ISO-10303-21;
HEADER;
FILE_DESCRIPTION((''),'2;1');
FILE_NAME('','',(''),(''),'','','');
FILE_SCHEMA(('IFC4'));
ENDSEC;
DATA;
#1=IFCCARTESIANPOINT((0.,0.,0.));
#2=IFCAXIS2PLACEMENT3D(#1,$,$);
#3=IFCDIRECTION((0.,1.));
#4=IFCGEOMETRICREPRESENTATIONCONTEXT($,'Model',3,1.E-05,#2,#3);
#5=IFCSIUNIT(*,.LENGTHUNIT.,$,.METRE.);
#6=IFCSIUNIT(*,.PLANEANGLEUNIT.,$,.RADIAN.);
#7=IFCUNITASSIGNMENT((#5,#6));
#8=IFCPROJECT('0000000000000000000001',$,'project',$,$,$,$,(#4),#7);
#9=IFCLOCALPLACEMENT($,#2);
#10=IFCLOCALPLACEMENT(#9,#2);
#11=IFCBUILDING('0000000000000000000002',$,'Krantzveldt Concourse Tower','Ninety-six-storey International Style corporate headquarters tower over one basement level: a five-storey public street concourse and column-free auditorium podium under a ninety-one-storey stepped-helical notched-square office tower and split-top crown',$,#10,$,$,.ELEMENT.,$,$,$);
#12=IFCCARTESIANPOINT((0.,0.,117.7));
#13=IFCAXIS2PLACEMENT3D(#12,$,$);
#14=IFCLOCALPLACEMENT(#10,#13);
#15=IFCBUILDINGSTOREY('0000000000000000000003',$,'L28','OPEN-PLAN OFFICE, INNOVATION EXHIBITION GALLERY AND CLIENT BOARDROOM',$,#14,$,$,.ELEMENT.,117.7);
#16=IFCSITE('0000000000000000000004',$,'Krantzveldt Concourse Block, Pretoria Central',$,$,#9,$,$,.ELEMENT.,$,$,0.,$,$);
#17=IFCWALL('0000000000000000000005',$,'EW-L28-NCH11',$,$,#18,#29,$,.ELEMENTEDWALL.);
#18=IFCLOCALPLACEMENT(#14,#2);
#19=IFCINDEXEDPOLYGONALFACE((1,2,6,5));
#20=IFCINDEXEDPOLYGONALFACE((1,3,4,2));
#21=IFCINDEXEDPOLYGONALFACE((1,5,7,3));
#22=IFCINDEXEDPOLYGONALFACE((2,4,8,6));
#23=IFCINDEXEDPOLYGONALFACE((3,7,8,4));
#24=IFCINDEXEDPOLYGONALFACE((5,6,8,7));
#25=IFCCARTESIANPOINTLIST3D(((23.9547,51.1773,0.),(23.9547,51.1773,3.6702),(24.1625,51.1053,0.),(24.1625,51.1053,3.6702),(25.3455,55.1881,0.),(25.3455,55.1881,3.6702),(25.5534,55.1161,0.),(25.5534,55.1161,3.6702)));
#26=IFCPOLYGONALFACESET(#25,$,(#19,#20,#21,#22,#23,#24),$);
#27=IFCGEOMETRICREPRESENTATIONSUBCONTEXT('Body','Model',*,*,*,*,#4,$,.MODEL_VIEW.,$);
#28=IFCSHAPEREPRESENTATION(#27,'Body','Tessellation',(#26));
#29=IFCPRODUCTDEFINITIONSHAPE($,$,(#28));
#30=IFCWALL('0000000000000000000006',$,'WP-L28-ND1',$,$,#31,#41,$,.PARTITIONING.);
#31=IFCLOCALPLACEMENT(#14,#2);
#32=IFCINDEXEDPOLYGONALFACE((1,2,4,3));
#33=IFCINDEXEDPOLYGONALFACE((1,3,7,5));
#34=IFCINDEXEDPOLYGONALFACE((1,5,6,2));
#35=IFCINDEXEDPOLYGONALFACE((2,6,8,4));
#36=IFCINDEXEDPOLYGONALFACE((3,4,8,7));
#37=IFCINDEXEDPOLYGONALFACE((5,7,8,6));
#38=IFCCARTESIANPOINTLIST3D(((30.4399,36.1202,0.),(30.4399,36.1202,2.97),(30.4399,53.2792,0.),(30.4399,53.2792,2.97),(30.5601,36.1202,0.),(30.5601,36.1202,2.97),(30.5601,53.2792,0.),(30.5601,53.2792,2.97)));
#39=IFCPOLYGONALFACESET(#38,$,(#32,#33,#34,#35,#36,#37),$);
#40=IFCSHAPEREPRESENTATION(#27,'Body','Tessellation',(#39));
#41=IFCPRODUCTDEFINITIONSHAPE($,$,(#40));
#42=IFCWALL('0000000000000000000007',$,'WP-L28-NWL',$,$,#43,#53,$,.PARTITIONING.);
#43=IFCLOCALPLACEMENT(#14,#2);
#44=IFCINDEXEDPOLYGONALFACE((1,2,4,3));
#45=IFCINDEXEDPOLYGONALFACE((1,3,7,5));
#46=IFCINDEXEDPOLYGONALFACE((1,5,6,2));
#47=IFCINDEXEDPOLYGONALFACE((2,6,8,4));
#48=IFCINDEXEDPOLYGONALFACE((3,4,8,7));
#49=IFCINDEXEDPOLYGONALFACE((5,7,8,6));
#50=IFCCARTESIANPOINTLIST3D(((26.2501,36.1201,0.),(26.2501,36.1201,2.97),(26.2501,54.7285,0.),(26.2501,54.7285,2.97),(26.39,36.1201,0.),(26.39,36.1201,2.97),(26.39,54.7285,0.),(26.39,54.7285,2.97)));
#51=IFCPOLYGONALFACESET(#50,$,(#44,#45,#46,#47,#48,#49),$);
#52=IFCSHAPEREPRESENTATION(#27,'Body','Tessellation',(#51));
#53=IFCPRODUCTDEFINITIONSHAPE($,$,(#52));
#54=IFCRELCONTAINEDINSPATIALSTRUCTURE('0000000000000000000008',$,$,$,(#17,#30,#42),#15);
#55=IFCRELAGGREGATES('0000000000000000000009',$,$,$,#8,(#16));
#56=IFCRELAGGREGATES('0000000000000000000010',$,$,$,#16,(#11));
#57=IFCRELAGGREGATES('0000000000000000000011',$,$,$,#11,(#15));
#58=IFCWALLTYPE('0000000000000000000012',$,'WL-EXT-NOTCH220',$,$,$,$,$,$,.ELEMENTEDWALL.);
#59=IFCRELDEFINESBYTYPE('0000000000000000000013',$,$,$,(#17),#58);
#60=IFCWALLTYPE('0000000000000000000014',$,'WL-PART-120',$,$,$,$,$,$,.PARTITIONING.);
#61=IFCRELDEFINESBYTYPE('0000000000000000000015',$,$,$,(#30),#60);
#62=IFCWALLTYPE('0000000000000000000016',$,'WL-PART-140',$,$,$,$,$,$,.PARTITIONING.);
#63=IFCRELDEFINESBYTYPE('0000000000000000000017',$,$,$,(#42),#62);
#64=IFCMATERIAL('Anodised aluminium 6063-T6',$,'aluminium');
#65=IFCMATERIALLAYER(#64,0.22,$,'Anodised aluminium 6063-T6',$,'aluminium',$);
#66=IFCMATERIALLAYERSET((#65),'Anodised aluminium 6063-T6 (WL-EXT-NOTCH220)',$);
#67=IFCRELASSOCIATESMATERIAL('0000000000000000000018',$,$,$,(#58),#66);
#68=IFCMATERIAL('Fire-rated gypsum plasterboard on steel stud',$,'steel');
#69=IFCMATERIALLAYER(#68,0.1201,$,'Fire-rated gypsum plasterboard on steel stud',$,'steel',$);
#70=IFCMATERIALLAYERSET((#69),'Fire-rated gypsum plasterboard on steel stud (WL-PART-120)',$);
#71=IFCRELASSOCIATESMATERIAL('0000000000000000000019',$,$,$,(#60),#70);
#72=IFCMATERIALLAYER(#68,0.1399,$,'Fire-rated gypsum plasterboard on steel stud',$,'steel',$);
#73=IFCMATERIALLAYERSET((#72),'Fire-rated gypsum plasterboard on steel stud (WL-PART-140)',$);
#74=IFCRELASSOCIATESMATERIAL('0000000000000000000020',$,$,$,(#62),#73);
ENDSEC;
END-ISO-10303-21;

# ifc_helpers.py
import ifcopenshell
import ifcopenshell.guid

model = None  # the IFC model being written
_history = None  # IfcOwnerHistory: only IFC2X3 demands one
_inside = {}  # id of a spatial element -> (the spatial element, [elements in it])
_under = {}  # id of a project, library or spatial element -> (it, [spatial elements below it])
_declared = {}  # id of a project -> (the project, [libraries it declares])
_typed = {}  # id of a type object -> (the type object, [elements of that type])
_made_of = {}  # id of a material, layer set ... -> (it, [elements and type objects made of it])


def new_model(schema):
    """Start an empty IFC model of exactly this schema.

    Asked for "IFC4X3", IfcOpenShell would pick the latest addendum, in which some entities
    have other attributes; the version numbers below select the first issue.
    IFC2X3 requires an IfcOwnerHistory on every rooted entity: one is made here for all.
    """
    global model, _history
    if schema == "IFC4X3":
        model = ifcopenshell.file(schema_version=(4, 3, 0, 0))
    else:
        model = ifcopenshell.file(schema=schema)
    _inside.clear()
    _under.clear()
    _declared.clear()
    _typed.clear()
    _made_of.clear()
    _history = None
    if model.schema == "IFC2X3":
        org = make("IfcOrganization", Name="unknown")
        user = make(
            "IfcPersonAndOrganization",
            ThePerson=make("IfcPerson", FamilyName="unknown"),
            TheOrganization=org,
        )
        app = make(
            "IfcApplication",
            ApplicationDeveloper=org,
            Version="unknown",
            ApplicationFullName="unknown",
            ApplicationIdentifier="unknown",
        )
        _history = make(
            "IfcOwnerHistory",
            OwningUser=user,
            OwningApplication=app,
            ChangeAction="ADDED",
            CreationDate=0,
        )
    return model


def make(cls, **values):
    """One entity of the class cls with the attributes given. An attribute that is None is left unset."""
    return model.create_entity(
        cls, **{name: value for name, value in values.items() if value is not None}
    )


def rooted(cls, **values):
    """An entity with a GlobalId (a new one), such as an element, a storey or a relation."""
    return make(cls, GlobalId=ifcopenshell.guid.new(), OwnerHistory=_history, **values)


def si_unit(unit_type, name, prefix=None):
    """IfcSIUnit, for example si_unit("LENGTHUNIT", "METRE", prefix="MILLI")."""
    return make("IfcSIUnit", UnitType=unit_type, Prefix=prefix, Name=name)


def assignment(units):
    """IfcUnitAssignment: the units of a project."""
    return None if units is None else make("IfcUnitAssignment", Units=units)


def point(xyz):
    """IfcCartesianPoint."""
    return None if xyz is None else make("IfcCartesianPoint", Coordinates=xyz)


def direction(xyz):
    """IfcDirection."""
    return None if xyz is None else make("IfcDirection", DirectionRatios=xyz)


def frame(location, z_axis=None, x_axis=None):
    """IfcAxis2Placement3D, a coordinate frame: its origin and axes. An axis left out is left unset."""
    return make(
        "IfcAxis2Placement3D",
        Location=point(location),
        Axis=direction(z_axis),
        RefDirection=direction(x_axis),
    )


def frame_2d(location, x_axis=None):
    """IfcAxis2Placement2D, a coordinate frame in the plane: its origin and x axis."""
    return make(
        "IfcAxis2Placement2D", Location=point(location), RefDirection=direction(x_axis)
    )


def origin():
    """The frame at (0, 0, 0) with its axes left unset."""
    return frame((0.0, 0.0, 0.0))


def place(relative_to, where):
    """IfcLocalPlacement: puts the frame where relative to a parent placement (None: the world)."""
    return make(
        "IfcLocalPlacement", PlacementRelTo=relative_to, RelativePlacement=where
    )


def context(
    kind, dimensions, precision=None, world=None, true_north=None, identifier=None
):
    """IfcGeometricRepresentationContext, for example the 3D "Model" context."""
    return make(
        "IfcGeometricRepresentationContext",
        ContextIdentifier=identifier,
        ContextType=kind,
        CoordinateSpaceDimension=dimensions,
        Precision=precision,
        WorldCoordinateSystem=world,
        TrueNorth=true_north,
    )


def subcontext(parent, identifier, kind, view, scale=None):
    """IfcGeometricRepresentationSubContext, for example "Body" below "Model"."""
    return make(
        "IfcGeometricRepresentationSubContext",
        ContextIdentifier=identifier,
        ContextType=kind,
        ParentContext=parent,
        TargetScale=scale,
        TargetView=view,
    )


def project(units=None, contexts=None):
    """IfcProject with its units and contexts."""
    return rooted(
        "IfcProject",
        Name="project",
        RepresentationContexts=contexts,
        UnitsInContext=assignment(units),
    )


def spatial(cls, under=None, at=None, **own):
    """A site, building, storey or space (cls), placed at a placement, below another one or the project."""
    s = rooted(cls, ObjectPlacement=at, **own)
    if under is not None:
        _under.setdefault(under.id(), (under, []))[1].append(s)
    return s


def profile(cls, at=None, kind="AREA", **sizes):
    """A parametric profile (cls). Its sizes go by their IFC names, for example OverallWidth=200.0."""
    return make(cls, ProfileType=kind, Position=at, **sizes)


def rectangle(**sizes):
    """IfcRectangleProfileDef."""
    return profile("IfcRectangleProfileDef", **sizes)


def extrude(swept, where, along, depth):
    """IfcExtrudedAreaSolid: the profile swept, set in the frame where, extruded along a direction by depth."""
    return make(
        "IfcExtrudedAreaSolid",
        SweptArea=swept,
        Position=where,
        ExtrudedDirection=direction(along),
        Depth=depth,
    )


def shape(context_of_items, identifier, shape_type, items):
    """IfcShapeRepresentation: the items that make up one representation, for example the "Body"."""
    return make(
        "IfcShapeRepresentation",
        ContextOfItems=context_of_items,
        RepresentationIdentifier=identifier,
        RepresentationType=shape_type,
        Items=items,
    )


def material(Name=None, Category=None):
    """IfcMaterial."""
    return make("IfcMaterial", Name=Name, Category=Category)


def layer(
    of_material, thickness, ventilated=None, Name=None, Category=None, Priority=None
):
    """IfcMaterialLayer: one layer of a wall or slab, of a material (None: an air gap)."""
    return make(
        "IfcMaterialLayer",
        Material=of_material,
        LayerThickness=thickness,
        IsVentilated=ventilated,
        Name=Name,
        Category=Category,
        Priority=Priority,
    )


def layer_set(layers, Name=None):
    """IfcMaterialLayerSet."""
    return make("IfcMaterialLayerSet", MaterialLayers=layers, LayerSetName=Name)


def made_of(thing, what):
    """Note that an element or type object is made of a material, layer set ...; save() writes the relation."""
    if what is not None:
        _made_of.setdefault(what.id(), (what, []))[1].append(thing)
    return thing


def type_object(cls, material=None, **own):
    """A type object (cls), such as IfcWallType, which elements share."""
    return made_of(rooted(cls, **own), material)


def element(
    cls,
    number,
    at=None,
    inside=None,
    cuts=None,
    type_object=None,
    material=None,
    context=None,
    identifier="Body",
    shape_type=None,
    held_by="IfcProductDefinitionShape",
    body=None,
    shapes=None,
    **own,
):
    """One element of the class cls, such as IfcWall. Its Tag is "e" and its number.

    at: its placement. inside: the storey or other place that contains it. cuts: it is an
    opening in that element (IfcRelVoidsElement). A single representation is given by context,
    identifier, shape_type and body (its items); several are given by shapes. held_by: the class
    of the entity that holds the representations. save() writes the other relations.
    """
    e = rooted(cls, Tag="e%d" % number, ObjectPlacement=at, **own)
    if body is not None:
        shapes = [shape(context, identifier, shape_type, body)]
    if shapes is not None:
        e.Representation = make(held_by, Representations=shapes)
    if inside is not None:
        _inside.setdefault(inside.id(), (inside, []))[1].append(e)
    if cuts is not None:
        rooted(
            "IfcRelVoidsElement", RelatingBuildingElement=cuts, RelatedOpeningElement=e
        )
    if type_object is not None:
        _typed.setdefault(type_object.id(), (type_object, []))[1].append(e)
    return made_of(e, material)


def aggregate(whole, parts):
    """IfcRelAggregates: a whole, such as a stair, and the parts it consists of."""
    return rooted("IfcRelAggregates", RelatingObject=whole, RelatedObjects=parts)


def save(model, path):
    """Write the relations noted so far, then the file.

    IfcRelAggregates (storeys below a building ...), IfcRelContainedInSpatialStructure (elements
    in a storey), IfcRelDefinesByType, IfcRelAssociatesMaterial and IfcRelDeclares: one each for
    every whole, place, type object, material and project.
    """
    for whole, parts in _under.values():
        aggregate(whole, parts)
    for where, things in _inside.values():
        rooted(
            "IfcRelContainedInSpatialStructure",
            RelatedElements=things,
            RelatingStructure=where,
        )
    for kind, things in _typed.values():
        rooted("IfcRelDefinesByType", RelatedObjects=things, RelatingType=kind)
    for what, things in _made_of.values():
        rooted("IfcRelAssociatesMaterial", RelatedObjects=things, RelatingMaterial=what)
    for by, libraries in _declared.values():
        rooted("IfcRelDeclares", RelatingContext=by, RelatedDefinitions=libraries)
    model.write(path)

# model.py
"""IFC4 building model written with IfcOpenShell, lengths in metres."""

from ifc_helpers import new_model, si_unit, direction, frame, frame_2d, origin, place, context, subcontext, project, spatial, rectangle, extrude, material, layer, layer_set, type_object, element, save


model = new_model("IFC4")

# Units and contexts
model_context = context("Model", 3, precision=1e-05, world=origin(), true_north=direction((0.0, 1.0)))
body_context = subcontext(model_context, "Body", "Model", "MODEL_VIEW")
ifc_project = project(units=[si_unit("LENGTHUNIT", "METRE"), si_unit("PLANEANGLEUNIT", "RADIAN")], contexts=[model_context])

# Site, building, storey
site_placement = place(None, origin())
site = spatial("IfcSite", under=ifc_project, at=site_placement, Name="Krantzveldt Concourse Block, Pretoria Central", CompositionType="ELEMENT", RefElevation=0.0)
building_placement = place(site_placement, origin())
building = spatial("IfcBuilding", under=site, at=building_placement, Name="Krantzveldt Concourse Tower", Description="Ninety-six-storey International Style corporate headquarters tower over one basement level: a five-storey public street concourse and column-free auditorium podium under a ninety-one-storey stepped-helical notched-square office tower and split-top crown", CompositionType="ELEMENT")
storey_placement = place(building_placement, frame((0.0, 0.0, 117.7)))
storey = spatial("IfcBuildingStorey", under=building, at=storey_placement, Name="L28", Description="OPEN-PLAN OFFICE, INNOVATION EXHIBITION GALLERY AND CLIENT BOARDROOM", CompositionType="ELEMENT", Elevation=117.7)

# Shared definitions
ifc_material_1 = material(Name="Anodised aluminium 6063-T6", Category="aluminium")

# Walls
ifc_layer_1 = layer(ifc_material_1, 0.22, Name="Anodised aluminium 6063-T6", Category="aluminium")
ifc_layer_set_1 = layer_set([ifc_layer_1], Name="Anodised aluminium 6063-T6 (WL-EXT-NOTCH220)")
wall_type_1 = type_object("IfcWallType", Name="WL-EXT-NOTCH220", PredefinedType="ELEMENTEDWALL", material=ifc_layer_set_1)
wall_1_placement = place(storey_placement, frame((25.4495, 55.1521, 0.0), z_axis=(0.0, 0.0, 1.0), x_axis=(-0.327644, -0.944801, 0.0)))
element("IfcWall", 1, at=wall_1_placement, inside=storey, type_object=wall_type_1, Name="EW-L28-NCH11", PredefinedType="ELEMENTEDWALL", context=body_context, shape_type="SweptSolid", body=[
    extrude(rectangle(XDim=4.2451, YDim=0.22, at=frame_2d((2.1226, 0.0))), origin(), (0.0, 0.0, 1.0), 3.6702),
])
ifc_material_2 = material(Name="Fire-rated gypsum plasterboard on steel stud", Category="steel")
ifc_layer_2 = layer(ifc_material_2, 0.1201, Name="Fire-rated gypsum plasterboard on steel stud", Category="steel")
ifc_layer_set_2 = layer_set([ifc_layer_2], Name="Fire-rated gypsum plasterboard on steel stud (WL-PART-120)")
wall_type_2 = type_object("IfcWallType", Name="WL-PART-120", PredefinedType="PARTITIONING", material=ifc_layer_set_2)
wall_2_placement = place(storey_placement, frame((30.5, 36.1201, 0.0), z_axis=(0.0, 0.0, 1.0), x_axis=(0.0, 1.0, 0.0)))
element("IfcWall", 2, at=wall_2_placement, inside=storey, type_object=wall_type_2, Name="WP-L28-ND1", PredefinedType="PARTITIONING", context=body_context, shape_type="SweptSolid", body=[
    extrude(rectangle(XDim=17.1589, YDim=0.1201, at=frame_2d((8.5796, 0.0))), origin(), (0.0, 0.0, 1.0), 2.97),
])
ifc_layer_3 = layer(ifc_material_2, 0.1399, Name="Fire-rated gypsum plasterboard on steel stud", Category="steel")
ifc_layer_set_3 = layer_set([ifc_layer_3], Name="Fire-rated gypsum plasterboard on steel stud (WL-PART-140)")
wall_type_3 = type_object("IfcWallType", Name="WL-PART-140", PredefinedType="PARTITIONING", material=ifc_layer_set_3)
wall_3_placement = place(storey_placement, frame((26.3201, 36.1201, 0.0), z_axis=(0.0, 0.0, 1.0), x_axis=(0.0, 1.0, 0.0)))
element("IfcWall", 3, at=wall_3_placement, inside=storey, type_object=wall_type_3, Name="WP-L28-NWL", PredefinedType="PARTITIONING", context=body_context, shape_type="SweptSolid", body=[
    extrude(rectangle(XDim=18.6084, YDim=0.1399, at=frame_2d((9.3042, 0.0))), origin(), (0.0, 0.0, 1.0), 2.97),
])

save(model, "model.ifc")
